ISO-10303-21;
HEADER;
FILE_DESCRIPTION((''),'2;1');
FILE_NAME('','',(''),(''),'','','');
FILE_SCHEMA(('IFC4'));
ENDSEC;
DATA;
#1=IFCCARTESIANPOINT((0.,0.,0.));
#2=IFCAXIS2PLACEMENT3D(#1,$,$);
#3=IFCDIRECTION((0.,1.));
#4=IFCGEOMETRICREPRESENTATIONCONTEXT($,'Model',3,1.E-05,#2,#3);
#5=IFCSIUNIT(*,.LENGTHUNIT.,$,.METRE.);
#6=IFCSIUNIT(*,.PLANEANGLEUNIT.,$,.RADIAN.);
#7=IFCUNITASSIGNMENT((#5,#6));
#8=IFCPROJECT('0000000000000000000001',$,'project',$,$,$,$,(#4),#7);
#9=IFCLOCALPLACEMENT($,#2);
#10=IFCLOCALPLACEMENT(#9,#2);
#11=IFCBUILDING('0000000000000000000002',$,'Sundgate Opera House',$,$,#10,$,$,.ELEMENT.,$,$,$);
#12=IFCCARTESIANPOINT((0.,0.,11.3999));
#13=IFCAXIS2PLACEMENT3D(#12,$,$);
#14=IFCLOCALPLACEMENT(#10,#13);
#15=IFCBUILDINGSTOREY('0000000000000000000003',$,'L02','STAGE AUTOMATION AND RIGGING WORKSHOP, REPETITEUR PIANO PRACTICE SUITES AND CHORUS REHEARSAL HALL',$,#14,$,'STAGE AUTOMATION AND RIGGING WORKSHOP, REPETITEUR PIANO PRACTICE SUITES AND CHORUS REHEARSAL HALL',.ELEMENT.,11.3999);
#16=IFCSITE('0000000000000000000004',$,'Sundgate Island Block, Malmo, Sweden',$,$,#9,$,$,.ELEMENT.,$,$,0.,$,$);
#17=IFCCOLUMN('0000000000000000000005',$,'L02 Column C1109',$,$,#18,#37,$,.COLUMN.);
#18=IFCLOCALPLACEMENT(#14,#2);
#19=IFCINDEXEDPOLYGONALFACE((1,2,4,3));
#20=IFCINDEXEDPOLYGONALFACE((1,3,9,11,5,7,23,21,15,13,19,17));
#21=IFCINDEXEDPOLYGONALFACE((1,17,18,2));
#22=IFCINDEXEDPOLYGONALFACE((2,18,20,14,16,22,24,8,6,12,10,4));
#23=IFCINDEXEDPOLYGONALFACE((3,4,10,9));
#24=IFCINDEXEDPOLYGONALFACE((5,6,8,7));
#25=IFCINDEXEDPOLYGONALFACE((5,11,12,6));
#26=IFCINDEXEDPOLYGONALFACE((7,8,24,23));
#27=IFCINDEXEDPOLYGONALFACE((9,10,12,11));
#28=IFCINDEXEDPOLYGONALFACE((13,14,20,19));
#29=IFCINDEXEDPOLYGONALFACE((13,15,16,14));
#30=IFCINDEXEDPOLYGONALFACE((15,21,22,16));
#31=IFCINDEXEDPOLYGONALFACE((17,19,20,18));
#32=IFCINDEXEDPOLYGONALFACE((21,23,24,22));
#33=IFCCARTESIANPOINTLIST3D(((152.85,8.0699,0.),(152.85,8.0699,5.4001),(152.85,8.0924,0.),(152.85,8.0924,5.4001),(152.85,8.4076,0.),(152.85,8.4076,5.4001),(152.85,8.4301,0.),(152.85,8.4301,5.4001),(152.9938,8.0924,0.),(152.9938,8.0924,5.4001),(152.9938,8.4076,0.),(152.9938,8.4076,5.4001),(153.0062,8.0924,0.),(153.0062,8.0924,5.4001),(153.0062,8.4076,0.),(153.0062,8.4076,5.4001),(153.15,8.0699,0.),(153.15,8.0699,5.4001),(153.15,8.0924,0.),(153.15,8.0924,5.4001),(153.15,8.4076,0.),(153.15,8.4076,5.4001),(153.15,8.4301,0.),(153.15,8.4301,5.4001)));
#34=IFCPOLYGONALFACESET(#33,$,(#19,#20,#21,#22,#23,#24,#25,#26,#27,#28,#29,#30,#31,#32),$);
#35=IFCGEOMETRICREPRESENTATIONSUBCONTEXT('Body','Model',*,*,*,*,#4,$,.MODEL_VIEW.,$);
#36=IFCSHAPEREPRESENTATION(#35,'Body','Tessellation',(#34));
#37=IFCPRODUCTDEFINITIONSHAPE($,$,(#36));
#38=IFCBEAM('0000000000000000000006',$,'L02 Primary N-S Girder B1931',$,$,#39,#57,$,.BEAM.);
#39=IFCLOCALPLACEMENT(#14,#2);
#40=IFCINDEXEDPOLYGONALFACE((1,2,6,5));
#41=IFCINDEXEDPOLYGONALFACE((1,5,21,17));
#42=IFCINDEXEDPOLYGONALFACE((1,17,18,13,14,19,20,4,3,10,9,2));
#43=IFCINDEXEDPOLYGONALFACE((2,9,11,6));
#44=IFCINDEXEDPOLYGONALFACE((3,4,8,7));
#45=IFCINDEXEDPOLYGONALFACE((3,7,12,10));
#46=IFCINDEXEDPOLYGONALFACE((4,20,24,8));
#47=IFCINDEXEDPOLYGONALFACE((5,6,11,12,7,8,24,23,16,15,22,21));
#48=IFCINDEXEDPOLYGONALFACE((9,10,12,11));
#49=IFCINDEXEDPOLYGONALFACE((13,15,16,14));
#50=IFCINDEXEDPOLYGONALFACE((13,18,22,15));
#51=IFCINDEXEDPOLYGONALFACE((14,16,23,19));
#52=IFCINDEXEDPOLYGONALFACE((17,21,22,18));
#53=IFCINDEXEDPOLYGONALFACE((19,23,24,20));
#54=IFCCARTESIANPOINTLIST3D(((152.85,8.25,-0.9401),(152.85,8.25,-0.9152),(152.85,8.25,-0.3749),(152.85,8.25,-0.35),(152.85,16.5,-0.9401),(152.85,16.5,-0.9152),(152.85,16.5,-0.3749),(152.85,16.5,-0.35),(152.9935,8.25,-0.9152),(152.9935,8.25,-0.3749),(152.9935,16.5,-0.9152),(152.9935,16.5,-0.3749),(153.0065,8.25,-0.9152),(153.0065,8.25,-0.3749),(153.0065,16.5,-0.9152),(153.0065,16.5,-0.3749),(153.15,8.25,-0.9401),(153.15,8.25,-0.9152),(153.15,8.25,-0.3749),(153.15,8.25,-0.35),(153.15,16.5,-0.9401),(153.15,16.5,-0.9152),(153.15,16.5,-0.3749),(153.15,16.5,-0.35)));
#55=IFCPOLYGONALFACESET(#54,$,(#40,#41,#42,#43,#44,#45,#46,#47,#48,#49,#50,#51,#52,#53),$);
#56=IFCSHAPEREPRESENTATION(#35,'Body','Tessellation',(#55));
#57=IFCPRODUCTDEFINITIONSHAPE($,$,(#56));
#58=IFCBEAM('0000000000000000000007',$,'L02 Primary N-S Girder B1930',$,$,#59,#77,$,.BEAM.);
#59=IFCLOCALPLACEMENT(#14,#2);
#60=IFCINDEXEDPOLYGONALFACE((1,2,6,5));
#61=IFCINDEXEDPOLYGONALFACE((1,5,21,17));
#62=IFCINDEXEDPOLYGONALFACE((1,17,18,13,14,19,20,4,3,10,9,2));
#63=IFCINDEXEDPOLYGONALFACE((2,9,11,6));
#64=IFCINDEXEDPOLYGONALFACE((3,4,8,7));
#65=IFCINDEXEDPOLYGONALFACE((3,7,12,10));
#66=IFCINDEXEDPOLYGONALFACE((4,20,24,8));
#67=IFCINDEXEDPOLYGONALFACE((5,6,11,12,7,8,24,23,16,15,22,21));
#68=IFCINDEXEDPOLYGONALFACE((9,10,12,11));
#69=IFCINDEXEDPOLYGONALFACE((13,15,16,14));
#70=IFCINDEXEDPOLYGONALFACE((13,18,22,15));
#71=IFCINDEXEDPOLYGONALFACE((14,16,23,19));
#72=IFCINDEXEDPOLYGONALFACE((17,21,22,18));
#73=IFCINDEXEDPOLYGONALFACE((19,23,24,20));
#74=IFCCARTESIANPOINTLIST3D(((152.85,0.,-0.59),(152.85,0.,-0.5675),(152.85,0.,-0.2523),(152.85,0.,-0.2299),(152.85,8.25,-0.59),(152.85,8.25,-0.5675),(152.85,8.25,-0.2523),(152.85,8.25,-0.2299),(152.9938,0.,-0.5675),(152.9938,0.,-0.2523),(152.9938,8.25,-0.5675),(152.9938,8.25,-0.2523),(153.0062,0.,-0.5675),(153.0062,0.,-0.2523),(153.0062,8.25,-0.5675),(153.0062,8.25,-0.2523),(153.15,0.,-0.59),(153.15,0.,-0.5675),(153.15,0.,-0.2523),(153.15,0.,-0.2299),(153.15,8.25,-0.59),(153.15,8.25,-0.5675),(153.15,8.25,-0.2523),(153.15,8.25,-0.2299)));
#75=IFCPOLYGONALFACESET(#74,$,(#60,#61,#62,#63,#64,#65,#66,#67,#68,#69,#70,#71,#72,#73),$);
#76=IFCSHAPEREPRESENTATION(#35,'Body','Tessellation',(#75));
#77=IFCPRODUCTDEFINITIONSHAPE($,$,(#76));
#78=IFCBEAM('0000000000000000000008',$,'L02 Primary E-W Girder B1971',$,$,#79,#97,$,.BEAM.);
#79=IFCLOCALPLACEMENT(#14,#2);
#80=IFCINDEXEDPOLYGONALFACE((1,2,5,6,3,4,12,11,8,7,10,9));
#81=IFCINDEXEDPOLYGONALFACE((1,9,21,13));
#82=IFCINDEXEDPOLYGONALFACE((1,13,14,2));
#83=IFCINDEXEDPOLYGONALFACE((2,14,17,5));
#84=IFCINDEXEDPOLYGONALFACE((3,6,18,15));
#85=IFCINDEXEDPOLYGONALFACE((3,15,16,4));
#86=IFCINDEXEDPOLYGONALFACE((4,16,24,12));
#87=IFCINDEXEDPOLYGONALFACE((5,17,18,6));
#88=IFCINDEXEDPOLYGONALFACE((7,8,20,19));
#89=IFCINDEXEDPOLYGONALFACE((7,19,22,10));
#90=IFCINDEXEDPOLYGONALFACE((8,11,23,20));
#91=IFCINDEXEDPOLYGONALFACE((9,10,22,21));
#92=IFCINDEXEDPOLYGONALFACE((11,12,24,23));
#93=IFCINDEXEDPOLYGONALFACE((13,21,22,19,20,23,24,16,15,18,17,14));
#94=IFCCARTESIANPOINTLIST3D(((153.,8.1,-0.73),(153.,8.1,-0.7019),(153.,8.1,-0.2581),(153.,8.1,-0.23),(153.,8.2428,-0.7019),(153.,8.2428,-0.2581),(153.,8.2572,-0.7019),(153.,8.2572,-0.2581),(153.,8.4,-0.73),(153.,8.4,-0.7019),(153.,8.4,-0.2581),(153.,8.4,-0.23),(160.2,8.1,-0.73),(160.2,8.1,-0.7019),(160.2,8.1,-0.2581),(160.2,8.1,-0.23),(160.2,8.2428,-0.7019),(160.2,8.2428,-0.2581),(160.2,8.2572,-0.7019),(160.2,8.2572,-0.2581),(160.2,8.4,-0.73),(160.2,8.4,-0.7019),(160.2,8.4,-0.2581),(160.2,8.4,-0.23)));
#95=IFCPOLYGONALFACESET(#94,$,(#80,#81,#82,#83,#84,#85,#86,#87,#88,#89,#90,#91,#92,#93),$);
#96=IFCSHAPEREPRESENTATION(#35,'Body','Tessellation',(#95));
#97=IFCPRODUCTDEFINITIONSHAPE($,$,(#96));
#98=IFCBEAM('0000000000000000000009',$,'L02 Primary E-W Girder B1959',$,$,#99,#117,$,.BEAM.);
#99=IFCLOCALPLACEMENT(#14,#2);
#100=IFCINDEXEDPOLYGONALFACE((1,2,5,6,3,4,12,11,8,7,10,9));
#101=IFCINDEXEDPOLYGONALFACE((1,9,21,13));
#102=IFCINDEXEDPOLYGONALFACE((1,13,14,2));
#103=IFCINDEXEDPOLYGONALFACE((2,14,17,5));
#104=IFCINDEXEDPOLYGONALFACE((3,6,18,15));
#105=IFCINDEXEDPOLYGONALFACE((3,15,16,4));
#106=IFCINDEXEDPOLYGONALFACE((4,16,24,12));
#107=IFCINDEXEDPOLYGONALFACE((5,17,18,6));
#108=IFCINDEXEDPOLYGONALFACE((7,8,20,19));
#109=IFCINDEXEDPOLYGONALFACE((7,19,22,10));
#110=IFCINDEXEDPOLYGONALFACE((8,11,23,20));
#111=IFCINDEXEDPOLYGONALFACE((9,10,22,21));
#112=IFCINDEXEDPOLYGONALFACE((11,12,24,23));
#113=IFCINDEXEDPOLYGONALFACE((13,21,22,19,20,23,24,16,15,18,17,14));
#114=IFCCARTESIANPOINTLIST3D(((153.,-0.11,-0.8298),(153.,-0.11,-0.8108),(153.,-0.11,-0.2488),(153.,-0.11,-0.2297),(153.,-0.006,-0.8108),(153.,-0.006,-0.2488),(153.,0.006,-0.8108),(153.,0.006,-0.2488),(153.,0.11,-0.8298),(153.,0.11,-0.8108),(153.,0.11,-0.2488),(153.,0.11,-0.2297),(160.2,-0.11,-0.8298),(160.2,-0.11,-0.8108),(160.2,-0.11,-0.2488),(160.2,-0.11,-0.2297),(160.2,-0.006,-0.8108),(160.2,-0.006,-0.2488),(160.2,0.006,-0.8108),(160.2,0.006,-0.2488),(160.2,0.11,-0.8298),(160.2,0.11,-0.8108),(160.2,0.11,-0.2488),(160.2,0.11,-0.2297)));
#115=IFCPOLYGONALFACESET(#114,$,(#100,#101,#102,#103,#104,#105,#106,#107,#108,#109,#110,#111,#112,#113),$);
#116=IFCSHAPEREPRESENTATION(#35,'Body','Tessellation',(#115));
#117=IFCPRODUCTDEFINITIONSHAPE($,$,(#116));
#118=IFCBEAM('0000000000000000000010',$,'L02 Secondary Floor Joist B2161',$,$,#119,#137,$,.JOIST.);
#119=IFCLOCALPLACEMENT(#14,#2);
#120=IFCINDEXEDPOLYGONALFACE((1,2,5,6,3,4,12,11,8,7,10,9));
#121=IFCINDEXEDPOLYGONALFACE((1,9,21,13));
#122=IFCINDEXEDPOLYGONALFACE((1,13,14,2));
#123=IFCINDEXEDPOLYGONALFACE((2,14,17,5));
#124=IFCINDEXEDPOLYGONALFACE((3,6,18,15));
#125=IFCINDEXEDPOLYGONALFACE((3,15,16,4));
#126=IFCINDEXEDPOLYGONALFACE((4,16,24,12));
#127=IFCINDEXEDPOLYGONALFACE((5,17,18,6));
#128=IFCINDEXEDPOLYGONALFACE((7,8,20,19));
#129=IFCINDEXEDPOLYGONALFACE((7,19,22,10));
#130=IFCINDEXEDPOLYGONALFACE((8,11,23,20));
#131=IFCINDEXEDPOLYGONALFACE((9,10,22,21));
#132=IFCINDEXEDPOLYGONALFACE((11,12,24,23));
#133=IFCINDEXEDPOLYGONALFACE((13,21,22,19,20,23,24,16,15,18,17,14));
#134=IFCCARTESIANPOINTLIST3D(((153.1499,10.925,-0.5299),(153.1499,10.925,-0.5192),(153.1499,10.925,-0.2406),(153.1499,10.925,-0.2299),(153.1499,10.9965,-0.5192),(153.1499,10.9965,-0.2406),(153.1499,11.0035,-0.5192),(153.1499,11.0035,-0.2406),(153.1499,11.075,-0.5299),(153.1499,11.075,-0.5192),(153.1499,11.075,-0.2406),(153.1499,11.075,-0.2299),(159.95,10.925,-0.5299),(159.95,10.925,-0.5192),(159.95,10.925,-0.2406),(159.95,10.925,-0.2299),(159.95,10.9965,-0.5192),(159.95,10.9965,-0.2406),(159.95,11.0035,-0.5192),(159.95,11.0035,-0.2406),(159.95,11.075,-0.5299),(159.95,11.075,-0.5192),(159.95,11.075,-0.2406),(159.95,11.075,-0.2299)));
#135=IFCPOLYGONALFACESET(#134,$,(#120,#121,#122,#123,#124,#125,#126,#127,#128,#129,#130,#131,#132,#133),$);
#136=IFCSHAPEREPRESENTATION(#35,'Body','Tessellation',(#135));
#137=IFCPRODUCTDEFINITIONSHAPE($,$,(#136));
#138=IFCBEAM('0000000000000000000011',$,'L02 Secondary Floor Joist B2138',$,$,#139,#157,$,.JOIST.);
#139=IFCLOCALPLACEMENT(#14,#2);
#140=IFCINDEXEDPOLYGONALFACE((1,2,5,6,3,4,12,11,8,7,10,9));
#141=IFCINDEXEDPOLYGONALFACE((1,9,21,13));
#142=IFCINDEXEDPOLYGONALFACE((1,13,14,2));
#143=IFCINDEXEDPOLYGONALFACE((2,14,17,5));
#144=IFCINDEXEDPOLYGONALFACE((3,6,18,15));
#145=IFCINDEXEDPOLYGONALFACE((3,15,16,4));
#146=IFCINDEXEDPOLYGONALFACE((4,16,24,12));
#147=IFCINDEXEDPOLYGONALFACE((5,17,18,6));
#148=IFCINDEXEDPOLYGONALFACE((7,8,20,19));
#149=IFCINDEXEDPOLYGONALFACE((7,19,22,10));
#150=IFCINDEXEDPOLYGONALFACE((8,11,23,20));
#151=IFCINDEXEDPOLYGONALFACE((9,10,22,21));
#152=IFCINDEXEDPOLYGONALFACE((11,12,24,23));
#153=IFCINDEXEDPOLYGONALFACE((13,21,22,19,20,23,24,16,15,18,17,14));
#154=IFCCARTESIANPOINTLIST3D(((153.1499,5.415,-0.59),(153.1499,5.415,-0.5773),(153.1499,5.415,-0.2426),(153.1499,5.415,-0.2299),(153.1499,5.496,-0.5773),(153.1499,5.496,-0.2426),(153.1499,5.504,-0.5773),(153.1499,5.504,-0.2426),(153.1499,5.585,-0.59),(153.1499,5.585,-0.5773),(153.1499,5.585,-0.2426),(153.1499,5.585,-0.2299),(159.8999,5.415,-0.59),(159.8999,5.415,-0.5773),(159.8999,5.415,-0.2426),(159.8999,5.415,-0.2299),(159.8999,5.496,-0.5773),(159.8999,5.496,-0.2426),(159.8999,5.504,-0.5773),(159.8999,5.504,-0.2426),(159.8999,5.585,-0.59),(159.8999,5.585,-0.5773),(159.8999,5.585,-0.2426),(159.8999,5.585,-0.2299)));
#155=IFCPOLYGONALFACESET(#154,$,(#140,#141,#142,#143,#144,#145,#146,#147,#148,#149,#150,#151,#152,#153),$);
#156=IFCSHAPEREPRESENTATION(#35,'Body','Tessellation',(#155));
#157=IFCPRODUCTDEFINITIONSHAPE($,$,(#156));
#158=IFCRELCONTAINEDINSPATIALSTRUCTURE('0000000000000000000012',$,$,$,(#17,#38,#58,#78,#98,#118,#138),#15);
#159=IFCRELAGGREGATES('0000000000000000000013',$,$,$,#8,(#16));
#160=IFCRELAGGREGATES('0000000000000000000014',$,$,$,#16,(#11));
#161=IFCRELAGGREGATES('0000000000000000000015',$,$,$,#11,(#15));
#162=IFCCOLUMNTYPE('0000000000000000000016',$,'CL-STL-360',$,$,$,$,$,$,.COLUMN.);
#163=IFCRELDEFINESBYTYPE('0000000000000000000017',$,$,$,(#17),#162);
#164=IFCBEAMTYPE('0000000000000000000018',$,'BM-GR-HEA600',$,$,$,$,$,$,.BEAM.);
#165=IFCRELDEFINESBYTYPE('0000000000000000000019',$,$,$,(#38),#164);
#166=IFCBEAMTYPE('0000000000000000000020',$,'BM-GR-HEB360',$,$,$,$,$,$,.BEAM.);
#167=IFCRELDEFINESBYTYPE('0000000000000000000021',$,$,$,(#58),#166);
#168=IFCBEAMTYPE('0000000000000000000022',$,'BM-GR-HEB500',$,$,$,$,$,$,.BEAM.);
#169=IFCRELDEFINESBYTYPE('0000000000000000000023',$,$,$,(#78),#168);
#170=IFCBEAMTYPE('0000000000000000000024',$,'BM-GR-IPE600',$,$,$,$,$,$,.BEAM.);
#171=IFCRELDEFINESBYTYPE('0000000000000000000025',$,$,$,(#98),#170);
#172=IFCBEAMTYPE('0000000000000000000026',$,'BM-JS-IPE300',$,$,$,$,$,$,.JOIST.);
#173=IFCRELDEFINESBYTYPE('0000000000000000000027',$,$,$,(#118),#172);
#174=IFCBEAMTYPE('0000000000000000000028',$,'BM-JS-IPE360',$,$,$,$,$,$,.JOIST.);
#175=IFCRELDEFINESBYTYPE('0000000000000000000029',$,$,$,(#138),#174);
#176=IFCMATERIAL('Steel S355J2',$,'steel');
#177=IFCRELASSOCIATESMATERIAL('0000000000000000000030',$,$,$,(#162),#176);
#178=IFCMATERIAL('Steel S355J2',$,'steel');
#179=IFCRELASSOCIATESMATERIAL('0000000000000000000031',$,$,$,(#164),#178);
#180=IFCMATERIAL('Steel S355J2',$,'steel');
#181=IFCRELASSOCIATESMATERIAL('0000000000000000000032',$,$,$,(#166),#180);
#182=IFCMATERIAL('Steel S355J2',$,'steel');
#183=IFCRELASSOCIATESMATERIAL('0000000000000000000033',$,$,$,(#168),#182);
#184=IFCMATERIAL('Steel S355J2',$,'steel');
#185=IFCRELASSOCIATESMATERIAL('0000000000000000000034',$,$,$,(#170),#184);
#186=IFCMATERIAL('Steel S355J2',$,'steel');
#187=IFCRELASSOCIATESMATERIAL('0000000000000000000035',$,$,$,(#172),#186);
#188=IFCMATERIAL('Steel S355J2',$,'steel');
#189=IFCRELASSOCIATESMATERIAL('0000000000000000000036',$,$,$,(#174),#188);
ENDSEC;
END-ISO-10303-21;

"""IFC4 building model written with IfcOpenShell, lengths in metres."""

from ifc_helpers import new_model, si_unit, direction, frame, origin, origin_2d, place, context, subcontext, project, spatial, i_section, extrude, material, material_profile, profile_set, type_object, element, save


model = new_model("IFC4")

# Units and contexts
model_context = context("Model", 3, precision=1e-05, world=origin(), true_north=direction((0.0, 1.0)))
body_context = subcontext(model_context, "Body", "Model", "MODEL_VIEW")
ifc_project = project(units=[si_unit("LENGTHUNIT", "METRE"), si_unit("PLANEANGLEUNIT", "RADIAN")], contexts=[model_context])

# Site, building, storey
site_placement = place(None, origin())
site = spatial("IfcSite", under=ifc_project, at=site_placement, Name="Sundgate Island Block, Malmo, Sweden", CompositionType="ELEMENT", RefElevation=0.0)
building_placement = place(site_placement, origin())
building = spatial("IfcBuilding", under=site, at=building_placement, Name="Sundgate Opera House", CompositionType="ELEMENT")
storey_placement = place(building_placement, frame((0.0, 0.0, 11.3999)))
storey = spatial("IfcBuildingStorey", under=building, at=storey_placement, Name="L02", Description="STAGE AUTOMATION AND RIGGING WORKSHOP, REPETITEUR PIANO PRACTICE SUITES AND CHORUS REHEARSAL HALL", LongName="STAGE AUTOMATION AND RIGGING WORKSHOP, REPETITEUR PIANO PRACTICE SUITES AND CHORUS REHEARSAL HALL", CompositionType="ELEMENT", Elevation=11.3999)

# Column
ifc_material_1 = material(Name="Steel S355J2", Category="steel")
ifc_material_profile_1 = material_profile(ifc_material_1, i_section(OverallWidth=0.3, OverallDepth=0.3601, WebThickness=0.0125, FlangeThickness=0.0225, at=origin_2d()), Name="HEB 360")
ifc_profile_set_1 = profile_set([ifc_material_profile_1], Name="Steel S355J2")
column_type = type_object("IfcColumnType", Name="CL-STL-360", PredefinedType="COLUMN", material=ifc_profile_set_1)
column_placement = place(storey_placement, frame((153.0, 8.25, 0.0), z_axis=(0.0, 0.0, 1.0), x_axis=(1.0, 0.0, 0.0)))
element("IfcColumn", 1, at=column_placement, inside=storey, type_object=column_type, Name="L02 Column C1109", PredefinedType="COLUMN", context=body_context, shape_type="SweptSolid", body=[
    extrude(i_section(OverallWidth=0.3, OverallDepth=0.3601, WebThickness=0.0125, FlangeThickness=0.0225, at=origin_2d()), origin(), (0.0, 0.0, 1.0), 5.4001),
])

# Beams
ifc_material_2 = material(Name="Steel S355J2", Category="steel")
ifc_material_profile_2 = material_profile(ifc_material_2, i_section(OverallWidth=0.3, OverallDepth=0.5901, WebThickness=0.0129, FlangeThickness=0.0249, at=origin_2d()), Name="HEA 600")
ifc_profile_set_2 = profile_set([ifc_material_profile_2], Name="Steel S355J2")
beam_type_1 = type_object("IfcBeamType", Name="BM-GR-HEA600", PredefinedType="BEAM", material=ifc_profile_set_2)
beam_1_placement = place(storey_placement, frame((153.0, 8.25, -0.645), z_axis=(0.0, 1.0, 0.0), x_axis=(-1.0, 0.0, 0.0)))
element("IfcBeam", 2, at=beam_1_placement, inside=storey, type_object=beam_type_1, Name="L02 Primary N-S Girder B1931", PredefinedType="BEAM", context=body_context, shape_type="SweptSolid", body=[
    extrude(i_section(OverallWidth=0.3, OverallDepth=0.5901, WebThickness=0.0129, FlangeThickness=0.0249, at=origin_2d()), origin(), (0.0, 0.0, 1.0), 8.25),
])
ifc_material_3 = material(Name="Steel S355J2", Category="steel")
ifc_material_profile_3 = material_profile(ifc_material_3, i_section(OverallWidth=0.3, OverallDepth=0.3601, WebThickness=0.0125, FlangeThickness=0.0225, at=origin_2d()), Name="HEB 360")
ifc_profile_set_3 = profile_set([ifc_material_profile_3], Name="Steel S355J2")
beam_type_2 = type_object("IfcBeamType", Name="BM-GR-HEB360", PredefinedType="BEAM", material=ifc_profile_set_3)
beam_2_placement = place(storey_placement, frame((153.0, 0.0, -0.4099), z_axis=(0.0, 1.0, 0.0), x_axis=(-1.0, 0.0, 0.0)))
element("IfcBeam", 3, at=beam_2_placement, inside=storey, type_object=beam_type_2, Name="L02 Primary N-S Girder B1930", PredefinedType="BEAM", context=body_context, shape_type="SweptSolid", body=[
    extrude(i_section(OverallWidth=0.3, OverallDepth=0.3601, WebThickness=0.0125, FlangeThickness=0.0225, at=origin_2d()), origin(), (0.0, 0.0, 1.0), 8.25),
])
ifc_material_4 = material(Name="Steel S355J2", Category="steel")
ifc_material_profile_4 = material_profile(ifc_material_4, i_section(OverallWidth=0.3, OverallDepth=0.5, WebThickness=0.0144, FlangeThickness=0.0281, at=origin_2d()), Name="HEB 500")
ifc_profile_set_4 = profile_set([ifc_material_profile_4], Name="Steel S355J2")
beam_type_3 = type_object("IfcBeamType", Name="BM-GR-HEB500", PredefinedType="BEAM", material=ifc_profile_set_4)
beam_3_placement = place(storey_placement, frame((153.0, 8.25, -0.48), z_axis=(1.0, 0.0, 0.0), x_axis=(0.0, 1.0, 0.0)))
element("IfcBeam", 4, at=beam_3_placement, inside=storey, type_object=beam_type_3, Name="L02 Primary E-W Girder B1971", PredefinedType="BEAM", context=body_context, shape_type="SweptSolid", body=[
    extrude(i_section(OverallWidth=0.3, OverallDepth=0.5, WebThickness=0.0144, FlangeThickness=0.0281, at=origin_2d()), origin(), (0.0, 0.0, 1.0), 7.2),
])
ifc_material_5 = material(Name="Steel S355J2", Category="steel")
ifc_material_profile_5 = material_profile(ifc_material_5, i_section(OverallWidth=0.22, OverallDepth=0.6001, WebThickness=0.012, FlangeThickness=0.019, at=origin_2d()), Name="IPE 600")
ifc_profile_set_5 = profile_set([ifc_material_profile_5], Name="Steel S355J2")
beam_type_4 = type_object("IfcBeamType", Name="BM-GR-IPE600", PredefinedType="BEAM", material=ifc_profile_set_5)
beam_4_placement = place(storey_placement, frame((153.0, 0.0, -0.5298), z_axis=(1.0, 0.0, 0.0), x_axis=(0.0, 1.0, 0.0)))
element("IfcBeam", 5, at=beam_4_placement, inside=storey, type_object=beam_type_4, Name="L02 Primary E-W Girder B1959", PredefinedType="BEAM", context=body_context, shape_type="SweptSolid", body=[
    extrude(i_section(OverallWidth=0.22, OverallDepth=0.6001, WebThickness=0.012, FlangeThickness=0.019, at=origin_2d()), origin(), (0.0, 0.0, 1.0), 7.2),
])
ifc_material_6 = material(Name="Steel S355J2", Category="steel")
ifc_material_profile_6 = material_profile(ifc_material_6, i_section(OverallWidth=0.1499, OverallDepth=0.3, WebThickness=0.0071, FlangeThickness=0.0107, at=origin_2d()), Name="IPE 300")
ifc_profile_set_6 = profile_set([ifc_material_profile_6], Name="Steel S355J2")
beam_type_5 = type_object("IfcBeamType", Name="BM-JS-IPE300", PredefinedType="JOIST", material=ifc_profile_set_6)
beam_5_placement = place(storey_placement, frame((153.1499, 11.0, -0.3799), z_axis=(1.0, 0.0, 0.0), x_axis=(0.0, 1.0, 0.0)))
element("IfcBeam", 6, at=beam_5_placement, inside=storey, type_object=beam_type_5, Name="L02 Secondary Floor Joist B2161", PredefinedType="JOIST", context=body_context, shape_type="SweptSolid", body=[
    extrude(i_section(OverallWidth=0.1499, OverallDepth=0.3, WebThickness=0.0071, FlangeThickness=0.0107, at=origin_2d()), origin(), (0.0, 0.0, 1.0), 6.8),
])
ifc_material_7 = material(Name="Steel S355J2", Category="steel")
ifc_material_profile_7 = material_profile(ifc_material_7, i_section(OverallWidth=0.1699, OverallDepth=0.3601, WebThickness=0.0081, FlangeThickness=0.0127, at=origin_2d()), Name="IPE 360")
ifc_profile_set_7 = profile_set([ifc_material_profile_7], Name="Steel S355J2")
beam_type_6 = type_object("IfcBeamType", Name="BM-JS-IPE360", PredefinedType="JOIST", material=ifc_profile_set_7)
beam_6_placement = place(storey_placement, frame((153.1499, 5.5, -0.4099), z_axis=(1.0, 0.0, 0.0), x_axis=(0.0, 1.0, 0.0)))
element("IfcBeam", 7, at=beam_6_placement, inside=storey, type_object=beam_type_6, Name="L02 Secondary Floor Joist B2138", PredefinedType="JOIST", context=body_context, shape_type="SweptSolid", body=[
    extrude(i_section(OverallWidth=0.1699, OverallDepth=0.3601, WebThickness=0.0081, FlangeThickness=0.0127, at=origin_2d()), origin(), (0.0, 0.0, 1.0), 6.75),
])

save(model, "model.ifc")
